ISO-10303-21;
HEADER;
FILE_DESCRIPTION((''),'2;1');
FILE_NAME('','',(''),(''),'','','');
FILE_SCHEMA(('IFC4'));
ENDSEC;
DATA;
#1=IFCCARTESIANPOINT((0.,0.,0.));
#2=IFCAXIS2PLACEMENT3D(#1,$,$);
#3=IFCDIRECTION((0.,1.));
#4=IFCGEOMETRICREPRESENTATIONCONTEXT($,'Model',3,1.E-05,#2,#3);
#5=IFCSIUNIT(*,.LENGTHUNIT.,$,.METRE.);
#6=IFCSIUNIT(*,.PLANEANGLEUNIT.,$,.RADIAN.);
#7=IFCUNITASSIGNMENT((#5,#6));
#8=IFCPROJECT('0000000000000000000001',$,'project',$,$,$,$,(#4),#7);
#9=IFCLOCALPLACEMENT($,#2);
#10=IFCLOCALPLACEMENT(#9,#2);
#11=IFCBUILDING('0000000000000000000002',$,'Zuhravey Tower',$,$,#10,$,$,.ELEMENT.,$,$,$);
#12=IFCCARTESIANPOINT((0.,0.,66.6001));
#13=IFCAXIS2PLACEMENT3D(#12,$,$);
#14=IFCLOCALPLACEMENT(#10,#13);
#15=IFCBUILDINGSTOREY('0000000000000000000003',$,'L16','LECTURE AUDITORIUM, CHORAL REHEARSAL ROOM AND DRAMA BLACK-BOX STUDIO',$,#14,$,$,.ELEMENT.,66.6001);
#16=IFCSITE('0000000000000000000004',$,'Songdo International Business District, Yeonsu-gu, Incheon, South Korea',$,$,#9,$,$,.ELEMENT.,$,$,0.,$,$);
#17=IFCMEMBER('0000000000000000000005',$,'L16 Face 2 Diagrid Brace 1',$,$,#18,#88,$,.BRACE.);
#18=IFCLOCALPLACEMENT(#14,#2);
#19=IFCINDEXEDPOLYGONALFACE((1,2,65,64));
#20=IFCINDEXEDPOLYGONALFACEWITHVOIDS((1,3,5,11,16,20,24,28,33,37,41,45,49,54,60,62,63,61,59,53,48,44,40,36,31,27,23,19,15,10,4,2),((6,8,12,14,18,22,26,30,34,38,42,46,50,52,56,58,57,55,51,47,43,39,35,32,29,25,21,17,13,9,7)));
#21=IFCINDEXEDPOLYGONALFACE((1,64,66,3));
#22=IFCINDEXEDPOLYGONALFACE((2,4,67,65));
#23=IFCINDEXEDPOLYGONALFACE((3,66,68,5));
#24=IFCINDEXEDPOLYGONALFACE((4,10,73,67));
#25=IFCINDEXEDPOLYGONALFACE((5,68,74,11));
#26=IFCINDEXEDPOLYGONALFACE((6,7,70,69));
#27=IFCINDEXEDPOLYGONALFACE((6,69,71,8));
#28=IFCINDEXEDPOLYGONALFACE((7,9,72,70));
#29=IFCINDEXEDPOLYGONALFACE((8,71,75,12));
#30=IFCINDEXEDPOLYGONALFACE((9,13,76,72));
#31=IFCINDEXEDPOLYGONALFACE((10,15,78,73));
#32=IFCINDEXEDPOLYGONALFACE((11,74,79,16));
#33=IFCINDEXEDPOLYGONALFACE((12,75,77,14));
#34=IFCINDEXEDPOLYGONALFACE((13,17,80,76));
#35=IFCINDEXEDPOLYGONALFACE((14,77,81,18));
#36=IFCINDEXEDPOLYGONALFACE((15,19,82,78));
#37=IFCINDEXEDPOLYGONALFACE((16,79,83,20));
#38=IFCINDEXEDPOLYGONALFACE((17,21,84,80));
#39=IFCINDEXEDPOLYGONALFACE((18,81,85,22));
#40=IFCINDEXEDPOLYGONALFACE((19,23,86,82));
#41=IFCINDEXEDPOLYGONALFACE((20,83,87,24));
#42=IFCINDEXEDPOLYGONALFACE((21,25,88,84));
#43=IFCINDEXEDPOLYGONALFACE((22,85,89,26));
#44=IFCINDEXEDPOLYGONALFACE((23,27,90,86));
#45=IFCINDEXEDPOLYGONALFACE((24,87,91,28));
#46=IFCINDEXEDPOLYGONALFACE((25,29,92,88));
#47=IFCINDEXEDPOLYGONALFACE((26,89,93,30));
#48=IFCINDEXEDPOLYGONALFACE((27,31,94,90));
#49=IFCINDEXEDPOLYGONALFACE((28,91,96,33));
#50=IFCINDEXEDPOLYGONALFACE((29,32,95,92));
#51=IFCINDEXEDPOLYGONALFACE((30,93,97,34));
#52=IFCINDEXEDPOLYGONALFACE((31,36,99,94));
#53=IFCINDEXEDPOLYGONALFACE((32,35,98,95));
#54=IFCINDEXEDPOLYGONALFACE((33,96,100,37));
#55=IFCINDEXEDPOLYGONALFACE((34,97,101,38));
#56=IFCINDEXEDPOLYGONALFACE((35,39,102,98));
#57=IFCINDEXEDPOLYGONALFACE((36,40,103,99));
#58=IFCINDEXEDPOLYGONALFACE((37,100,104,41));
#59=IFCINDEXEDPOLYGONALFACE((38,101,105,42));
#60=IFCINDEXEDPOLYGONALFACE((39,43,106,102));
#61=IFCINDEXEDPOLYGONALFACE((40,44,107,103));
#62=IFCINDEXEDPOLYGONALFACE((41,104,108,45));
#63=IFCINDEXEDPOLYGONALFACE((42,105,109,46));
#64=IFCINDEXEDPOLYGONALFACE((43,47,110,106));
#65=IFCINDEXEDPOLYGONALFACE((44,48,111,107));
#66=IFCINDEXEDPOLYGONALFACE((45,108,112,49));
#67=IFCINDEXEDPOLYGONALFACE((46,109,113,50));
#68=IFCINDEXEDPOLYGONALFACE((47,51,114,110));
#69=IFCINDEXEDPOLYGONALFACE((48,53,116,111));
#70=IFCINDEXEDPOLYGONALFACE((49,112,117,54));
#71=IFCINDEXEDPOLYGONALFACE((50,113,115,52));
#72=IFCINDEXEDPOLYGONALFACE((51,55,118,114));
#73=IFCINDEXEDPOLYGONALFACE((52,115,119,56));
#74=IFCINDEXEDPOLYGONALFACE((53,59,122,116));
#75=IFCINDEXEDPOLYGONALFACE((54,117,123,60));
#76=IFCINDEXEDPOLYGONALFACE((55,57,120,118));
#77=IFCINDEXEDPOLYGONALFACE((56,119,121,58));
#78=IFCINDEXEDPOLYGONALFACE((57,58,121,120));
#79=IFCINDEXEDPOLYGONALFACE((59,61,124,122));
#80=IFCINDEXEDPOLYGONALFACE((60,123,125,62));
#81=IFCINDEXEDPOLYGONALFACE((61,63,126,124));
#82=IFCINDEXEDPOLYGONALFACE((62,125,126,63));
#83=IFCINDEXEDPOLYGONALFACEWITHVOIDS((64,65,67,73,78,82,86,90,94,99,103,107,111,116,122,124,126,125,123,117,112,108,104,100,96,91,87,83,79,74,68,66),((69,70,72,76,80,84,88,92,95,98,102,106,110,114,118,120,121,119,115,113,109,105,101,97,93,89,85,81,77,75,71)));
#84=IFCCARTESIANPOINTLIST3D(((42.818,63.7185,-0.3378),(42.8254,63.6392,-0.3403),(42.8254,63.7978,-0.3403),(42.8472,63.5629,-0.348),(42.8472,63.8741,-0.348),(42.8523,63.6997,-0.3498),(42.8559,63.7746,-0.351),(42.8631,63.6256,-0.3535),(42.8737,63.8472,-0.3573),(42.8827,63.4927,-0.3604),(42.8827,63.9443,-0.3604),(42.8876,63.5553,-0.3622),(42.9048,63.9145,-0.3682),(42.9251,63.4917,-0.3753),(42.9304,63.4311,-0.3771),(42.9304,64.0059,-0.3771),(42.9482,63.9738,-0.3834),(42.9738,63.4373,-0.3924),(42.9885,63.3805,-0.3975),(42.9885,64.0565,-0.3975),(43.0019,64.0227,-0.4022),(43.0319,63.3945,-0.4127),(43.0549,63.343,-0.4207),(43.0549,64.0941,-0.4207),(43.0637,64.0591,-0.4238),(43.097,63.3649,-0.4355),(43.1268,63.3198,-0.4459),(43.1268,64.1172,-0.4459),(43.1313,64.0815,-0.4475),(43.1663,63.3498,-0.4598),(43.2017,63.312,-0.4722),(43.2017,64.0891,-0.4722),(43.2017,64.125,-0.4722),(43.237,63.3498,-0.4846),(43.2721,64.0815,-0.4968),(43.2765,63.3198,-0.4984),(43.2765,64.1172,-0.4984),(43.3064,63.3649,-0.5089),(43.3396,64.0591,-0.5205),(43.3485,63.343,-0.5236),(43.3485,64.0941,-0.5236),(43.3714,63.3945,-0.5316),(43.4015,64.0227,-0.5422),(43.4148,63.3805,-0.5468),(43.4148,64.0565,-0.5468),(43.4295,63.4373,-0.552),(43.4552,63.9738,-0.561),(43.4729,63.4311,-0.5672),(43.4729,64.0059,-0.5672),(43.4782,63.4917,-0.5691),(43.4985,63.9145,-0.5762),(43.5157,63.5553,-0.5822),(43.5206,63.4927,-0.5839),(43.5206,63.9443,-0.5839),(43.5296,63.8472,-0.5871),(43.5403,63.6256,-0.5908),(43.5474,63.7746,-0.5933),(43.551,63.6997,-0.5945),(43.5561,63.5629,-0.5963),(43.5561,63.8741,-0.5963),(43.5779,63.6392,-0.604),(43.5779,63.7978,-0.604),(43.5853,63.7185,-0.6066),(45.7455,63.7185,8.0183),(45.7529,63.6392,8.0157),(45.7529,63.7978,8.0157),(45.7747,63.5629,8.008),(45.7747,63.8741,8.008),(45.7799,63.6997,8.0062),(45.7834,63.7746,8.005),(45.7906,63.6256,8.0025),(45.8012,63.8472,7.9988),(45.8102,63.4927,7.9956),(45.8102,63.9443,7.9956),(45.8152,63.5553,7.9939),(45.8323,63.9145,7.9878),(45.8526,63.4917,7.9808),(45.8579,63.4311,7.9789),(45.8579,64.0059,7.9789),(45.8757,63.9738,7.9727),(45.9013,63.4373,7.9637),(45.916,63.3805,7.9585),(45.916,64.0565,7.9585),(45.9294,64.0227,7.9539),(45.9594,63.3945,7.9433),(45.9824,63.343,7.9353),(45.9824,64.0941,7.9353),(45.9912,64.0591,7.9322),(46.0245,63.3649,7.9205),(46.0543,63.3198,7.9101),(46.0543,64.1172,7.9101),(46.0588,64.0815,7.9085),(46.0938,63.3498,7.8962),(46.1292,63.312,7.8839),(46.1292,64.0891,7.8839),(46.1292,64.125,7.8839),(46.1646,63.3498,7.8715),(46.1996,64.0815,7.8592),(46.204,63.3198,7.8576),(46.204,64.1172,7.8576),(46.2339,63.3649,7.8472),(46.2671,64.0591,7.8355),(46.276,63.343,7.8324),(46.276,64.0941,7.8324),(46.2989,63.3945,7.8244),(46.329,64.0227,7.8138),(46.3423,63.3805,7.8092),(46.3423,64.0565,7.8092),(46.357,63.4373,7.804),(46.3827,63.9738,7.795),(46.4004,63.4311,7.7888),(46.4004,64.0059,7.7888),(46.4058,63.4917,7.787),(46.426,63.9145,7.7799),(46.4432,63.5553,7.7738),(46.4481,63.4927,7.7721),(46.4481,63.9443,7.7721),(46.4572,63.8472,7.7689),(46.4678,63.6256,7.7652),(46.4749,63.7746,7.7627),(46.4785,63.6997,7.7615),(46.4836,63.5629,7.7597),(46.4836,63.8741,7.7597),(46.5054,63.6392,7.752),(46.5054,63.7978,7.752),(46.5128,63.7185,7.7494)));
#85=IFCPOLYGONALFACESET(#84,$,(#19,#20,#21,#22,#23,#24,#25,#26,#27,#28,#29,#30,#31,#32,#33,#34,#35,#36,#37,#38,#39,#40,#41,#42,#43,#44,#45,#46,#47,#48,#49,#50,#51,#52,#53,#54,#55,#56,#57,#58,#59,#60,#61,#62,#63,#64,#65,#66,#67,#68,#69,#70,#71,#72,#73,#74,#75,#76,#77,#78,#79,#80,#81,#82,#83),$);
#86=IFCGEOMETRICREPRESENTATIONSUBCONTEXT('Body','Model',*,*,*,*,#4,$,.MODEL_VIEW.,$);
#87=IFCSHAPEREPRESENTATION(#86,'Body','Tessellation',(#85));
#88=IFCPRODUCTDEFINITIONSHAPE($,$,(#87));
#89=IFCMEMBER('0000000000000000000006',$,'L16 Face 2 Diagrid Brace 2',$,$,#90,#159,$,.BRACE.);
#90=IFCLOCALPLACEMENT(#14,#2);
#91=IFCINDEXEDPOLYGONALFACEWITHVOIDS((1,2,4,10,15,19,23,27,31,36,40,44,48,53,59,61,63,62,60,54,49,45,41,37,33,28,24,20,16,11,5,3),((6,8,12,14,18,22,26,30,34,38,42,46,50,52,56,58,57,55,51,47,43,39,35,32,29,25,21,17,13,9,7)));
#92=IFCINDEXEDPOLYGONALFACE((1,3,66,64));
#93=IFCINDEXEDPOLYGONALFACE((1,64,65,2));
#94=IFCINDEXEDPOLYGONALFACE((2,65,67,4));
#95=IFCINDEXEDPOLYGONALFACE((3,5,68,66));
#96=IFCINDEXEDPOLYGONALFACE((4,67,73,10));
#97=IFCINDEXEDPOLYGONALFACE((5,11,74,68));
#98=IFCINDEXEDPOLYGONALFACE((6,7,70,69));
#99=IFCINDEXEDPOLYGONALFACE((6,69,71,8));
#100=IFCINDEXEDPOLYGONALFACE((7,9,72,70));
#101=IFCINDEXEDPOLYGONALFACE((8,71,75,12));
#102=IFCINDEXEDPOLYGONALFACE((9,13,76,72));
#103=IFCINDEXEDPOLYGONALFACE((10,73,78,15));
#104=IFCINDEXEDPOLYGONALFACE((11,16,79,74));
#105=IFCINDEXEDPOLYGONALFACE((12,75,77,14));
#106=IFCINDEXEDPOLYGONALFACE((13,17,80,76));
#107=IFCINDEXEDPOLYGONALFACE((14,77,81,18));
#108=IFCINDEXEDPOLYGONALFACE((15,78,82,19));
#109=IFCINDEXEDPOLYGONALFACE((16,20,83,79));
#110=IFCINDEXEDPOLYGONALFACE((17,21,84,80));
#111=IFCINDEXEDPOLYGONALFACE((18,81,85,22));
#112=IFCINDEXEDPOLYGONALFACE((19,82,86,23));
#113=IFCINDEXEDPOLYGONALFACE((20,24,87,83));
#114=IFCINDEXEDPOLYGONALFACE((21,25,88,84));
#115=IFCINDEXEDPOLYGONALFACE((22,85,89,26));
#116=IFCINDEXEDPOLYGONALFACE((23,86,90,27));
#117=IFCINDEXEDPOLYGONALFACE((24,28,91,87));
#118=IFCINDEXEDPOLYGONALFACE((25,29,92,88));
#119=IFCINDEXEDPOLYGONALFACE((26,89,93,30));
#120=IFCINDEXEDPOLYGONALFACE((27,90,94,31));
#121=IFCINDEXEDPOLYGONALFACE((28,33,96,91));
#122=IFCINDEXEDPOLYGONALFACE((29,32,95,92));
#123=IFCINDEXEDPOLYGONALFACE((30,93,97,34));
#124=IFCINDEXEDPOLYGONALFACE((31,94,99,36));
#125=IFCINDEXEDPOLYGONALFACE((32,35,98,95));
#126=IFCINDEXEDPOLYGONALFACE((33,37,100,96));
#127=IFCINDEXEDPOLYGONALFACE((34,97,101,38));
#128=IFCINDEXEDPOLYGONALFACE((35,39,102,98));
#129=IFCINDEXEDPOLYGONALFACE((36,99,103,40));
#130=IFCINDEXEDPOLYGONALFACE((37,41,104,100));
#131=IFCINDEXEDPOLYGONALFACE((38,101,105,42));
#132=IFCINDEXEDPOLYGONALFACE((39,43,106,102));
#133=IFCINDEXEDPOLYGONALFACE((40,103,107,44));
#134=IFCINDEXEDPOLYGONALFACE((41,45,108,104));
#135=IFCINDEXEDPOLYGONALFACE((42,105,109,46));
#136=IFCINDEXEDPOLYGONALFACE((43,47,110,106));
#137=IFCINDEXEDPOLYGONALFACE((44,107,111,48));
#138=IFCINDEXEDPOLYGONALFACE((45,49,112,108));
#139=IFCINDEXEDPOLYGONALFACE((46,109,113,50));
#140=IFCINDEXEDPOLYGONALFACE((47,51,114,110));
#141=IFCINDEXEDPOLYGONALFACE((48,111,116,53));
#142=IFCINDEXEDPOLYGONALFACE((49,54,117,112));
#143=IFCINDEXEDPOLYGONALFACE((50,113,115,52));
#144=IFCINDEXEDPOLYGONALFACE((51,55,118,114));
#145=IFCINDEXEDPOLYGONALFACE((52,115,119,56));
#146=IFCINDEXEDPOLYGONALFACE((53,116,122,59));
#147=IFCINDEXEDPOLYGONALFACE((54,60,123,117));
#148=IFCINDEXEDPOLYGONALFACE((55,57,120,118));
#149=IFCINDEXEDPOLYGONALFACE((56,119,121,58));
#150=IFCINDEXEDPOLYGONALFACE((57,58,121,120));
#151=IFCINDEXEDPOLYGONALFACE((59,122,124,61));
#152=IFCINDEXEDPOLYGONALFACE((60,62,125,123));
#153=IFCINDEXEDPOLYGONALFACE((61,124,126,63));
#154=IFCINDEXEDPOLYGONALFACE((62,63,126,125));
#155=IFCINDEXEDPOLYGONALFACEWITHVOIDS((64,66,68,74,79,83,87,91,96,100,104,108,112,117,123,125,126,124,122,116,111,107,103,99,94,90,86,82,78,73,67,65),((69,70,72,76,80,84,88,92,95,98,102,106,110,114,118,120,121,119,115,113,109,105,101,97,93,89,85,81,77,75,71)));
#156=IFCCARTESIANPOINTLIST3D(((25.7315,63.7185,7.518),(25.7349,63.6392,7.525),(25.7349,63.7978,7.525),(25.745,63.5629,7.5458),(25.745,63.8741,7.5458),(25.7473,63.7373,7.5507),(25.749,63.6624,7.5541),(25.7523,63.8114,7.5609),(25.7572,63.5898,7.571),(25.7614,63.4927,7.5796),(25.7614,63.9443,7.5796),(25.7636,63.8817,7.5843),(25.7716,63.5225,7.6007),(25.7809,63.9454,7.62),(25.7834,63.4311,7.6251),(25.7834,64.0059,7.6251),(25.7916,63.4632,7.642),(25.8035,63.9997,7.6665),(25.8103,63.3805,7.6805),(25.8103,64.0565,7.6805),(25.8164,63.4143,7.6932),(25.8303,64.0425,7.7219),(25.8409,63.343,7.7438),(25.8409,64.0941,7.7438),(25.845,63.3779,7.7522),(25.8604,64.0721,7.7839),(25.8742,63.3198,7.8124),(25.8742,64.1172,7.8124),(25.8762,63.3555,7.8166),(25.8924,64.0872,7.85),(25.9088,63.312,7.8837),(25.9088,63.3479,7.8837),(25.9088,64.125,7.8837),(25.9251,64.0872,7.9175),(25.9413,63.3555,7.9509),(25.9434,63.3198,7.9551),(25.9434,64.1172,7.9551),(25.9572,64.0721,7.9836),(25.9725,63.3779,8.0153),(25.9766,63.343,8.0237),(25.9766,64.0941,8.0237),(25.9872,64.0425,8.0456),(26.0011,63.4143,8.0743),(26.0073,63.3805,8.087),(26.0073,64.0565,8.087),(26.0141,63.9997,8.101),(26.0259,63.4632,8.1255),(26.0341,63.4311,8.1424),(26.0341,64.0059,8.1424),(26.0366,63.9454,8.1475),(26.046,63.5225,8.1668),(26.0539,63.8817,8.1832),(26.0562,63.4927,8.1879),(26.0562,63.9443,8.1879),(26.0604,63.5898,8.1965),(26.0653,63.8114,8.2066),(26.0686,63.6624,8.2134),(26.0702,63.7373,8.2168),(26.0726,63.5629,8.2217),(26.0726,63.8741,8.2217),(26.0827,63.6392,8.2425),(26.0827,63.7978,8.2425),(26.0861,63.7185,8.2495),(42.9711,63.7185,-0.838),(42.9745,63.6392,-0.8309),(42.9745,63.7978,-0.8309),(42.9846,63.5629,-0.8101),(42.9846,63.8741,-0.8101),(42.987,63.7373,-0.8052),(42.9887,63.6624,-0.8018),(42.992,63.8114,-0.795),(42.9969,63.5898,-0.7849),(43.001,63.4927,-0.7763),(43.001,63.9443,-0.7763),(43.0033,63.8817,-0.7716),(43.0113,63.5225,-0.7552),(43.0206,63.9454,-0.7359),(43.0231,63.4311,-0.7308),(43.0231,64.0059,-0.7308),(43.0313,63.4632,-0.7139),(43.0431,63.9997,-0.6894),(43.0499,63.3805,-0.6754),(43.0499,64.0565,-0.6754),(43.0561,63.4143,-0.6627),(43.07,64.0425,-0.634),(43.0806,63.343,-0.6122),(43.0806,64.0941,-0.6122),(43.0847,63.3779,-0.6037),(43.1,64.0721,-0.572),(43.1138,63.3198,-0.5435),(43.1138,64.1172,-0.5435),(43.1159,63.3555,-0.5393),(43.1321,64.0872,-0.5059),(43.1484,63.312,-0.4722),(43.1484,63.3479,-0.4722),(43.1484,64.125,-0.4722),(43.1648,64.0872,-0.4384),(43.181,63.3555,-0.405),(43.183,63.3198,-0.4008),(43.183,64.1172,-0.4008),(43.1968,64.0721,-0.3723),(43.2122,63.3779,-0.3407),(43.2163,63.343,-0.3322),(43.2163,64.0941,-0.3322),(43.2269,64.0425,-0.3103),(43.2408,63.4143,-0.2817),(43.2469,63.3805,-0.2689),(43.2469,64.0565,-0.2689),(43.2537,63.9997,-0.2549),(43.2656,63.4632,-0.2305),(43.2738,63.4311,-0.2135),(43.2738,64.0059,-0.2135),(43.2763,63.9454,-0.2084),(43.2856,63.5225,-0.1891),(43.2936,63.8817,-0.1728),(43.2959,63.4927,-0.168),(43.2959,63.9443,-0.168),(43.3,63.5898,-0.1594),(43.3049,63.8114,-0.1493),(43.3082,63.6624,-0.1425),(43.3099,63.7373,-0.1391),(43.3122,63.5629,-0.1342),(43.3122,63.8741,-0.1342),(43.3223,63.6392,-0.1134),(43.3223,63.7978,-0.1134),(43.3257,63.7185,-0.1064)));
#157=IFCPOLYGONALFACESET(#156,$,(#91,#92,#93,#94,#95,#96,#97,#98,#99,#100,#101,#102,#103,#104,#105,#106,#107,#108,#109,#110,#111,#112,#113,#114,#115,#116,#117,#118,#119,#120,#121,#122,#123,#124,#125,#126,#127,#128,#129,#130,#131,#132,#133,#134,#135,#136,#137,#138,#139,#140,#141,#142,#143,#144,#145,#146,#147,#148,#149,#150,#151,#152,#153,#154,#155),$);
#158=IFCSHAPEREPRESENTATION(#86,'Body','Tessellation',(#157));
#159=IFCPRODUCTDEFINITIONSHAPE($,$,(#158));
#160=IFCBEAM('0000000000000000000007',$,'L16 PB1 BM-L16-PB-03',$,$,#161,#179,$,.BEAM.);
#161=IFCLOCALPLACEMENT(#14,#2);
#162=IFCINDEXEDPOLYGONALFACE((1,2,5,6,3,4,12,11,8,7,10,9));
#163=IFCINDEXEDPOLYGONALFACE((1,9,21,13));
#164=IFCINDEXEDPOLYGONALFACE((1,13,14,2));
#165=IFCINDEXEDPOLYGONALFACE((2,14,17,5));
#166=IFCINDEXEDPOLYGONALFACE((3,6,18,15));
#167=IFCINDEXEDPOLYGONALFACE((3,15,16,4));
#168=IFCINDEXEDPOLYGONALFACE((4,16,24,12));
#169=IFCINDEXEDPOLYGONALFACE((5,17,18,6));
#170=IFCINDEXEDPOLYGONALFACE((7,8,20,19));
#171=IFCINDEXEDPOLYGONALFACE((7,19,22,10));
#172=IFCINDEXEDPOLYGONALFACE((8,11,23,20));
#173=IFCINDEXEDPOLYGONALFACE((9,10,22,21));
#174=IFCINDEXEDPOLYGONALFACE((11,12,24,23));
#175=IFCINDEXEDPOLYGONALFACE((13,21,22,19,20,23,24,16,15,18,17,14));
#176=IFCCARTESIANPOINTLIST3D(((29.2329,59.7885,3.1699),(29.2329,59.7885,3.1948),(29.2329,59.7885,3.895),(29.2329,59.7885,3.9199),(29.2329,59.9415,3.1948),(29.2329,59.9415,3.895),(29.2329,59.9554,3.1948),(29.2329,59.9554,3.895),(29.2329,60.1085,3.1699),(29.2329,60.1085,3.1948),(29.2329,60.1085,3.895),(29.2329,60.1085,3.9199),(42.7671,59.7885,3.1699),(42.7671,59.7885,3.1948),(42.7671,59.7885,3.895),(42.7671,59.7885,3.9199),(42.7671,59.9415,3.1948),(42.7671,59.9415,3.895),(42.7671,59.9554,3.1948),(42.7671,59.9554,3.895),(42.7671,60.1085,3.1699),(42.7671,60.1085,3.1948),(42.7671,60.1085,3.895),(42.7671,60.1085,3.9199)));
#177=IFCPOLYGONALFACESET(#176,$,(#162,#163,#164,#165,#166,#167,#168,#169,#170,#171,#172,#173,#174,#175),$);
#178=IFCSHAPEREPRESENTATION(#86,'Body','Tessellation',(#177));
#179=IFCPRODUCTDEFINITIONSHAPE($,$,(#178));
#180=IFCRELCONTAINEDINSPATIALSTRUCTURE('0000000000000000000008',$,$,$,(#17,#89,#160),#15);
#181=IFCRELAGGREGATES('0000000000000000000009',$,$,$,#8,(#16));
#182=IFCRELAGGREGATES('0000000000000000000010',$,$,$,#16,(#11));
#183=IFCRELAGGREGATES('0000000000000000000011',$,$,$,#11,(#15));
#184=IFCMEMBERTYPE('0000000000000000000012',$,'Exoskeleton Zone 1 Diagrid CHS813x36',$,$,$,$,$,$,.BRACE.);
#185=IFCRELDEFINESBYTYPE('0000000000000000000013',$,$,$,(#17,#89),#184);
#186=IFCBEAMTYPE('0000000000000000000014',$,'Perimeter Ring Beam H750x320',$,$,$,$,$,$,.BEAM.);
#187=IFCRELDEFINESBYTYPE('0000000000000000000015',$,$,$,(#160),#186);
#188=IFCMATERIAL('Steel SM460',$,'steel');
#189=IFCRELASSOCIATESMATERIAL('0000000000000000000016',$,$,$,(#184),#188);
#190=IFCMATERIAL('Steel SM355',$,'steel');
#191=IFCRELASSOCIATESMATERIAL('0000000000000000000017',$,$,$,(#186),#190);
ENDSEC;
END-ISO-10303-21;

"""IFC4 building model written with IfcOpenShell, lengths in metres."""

from ifc_helpers import new_model, si_unit, direction, frame, origin, origin_2d, place, context, subcontext, project, spatial, hollow_circle, i_section, extrude, material, material_profile, profile_set, type_object, element, save


model = new_model("IFC4")

# Units and contexts
model_context = context("Model", 3, precision=1e-05, world=origin(), true_north=direction((0.0, 1.0)))
body_context = subcontext(model_context, "Body", "Model", "MODEL_VIEW")
ifc_project = project(units=[si_unit("LENGTHUNIT", "METRE"), si_unit("PLANEANGLEUNIT", "RADIAN")], contexts=[model_context])

# Site, building, storey
site_placement = place(None, origin())
site = spatial("IfcSite", under=ifc_project, at=site_placement, Name="Songdo International Business District, Yeonsu-gu, Incheon, South Korea", CompositionType="ELEMENT", RefElevation=0.0)
building_placement = place(site_placement, origin())
building = spatial("IfcBuilding", under=site, at=building_placement, Name="Zuhravey Tower", CompositionType="ELEMENT")
storey_placement = place(building_placement, frame((0.0, 0.0, 66.6001)))
storey = spatial("IfcBuildingStorey", under=building, at=storey_placement, Name="L16", Description="LECTURE AUDITORIUM, CHORAL REHEARSAL ROOM AND DRAMA BLACK-BOX STUDIO", CompositionType="ELEMENT", Elevation=66.6001)

# Members
ifc_material_1 = material(Name="Steel SM355", Category="steel")
ifc_material_2 = material(Name="Steel SM460", Category="steel")
ifc_material_profile_1 = material_profile(ifc_material_2, hollow_circle(Radius=0.4065, WallThickness=0.0359, at=origin_2d()), Name="CHS-812.8x36")
ifc_profile_set_1 = profile_set([ifc_material_profile_1], Name="Steel SM460")
member_type_1 = type_object("IfcMemberType", Name="Exoskeleton Zone 1 Diagrid CHS813x36", PredefinedType="BRACE", material=ifc_profile_set_1)
member_1_placement = place(storey_placement, frame((43.2017, 63.7185, -0.4722), z_axis=(0.330643, 0.0, 0.943756), x_axis=(0.0, 1.0, 0.0)))
element("IfcMember", 1, at=member_1_placement, inside=storey, type_object=member_type_1, Name="L16 Face 2 Diagrid Brace 1", PredefinedType="BRACE", context=body_context, shape_type="SweptSolid", body=[
    extrude(hollow_circle(Radius=0.4065, WallThickness=0.0359, at=origin_2d()), origin(), (0.0, 0.0, 1.0), 8.854),
])
member_2_placement = place(storey_placement, frame((43.1484, 63.7185, -0.4722), z_axis=(-0.89987, 0.0, 0.436159), x_axis=(0.0, -1.0, 0.0)))
element("IfcMember", 2, at=member_2_placement, inside=storey, type_object=member_type_1, Name="L16 Face 2 Diagrid Brace 2", PredefinedType="BRACE", context=body_context, shape_type="SweptSolid", body=[
    extrude(hollow_circle(Radius=0.4065, WallThickness=0.0359, at=origin_2d()), origin(), (0.0, 0.0, 1.0), 19.158),
])

# Beam
ifc_material_profile_2 = material_profile(ifc_material_1, i_section(OverallWidth=0.3201, OverallDepth=0.75, WebThickness=0.0139, FlangeThickness=0.0249, at=origin_2d()), Name="H-750x320x14x25")
ifc_profile_set_2 = profile_set([ifc_material_profile_2], Name="Steel SM355")
beam_type_1 = type_object("IfcBeamType", Name="Perimeter Ring Beam H750x320", PredefinedType="BEAM", material=ifc_profile_set_2)
beam_1_placement = place(storey_placement, frame((42.7671, 59.9485, 3.5449), z_axis=(-1.0, 0.0, 0.0), x_axis=(0.0, -1.0, 0.0)))
element("IfcBeam", 3, at=beam_1_placement, inside=storey, type_object=beam_type_1, Name="L16 PB1 BM-L16-PB-03", PredefinedType="BEAM", context=body_context, shape_type="SweptSolid", body=[
    extrude(i_section(OverallWidth=0.3201, OverallDepth=0.75, WebThickness=0.0139, FlangeThickness=0.0249, at=origin_2d()), origin(), (0.0, 0.0, 1.0), 13.5342),
])

save(model, "model.ifc")
